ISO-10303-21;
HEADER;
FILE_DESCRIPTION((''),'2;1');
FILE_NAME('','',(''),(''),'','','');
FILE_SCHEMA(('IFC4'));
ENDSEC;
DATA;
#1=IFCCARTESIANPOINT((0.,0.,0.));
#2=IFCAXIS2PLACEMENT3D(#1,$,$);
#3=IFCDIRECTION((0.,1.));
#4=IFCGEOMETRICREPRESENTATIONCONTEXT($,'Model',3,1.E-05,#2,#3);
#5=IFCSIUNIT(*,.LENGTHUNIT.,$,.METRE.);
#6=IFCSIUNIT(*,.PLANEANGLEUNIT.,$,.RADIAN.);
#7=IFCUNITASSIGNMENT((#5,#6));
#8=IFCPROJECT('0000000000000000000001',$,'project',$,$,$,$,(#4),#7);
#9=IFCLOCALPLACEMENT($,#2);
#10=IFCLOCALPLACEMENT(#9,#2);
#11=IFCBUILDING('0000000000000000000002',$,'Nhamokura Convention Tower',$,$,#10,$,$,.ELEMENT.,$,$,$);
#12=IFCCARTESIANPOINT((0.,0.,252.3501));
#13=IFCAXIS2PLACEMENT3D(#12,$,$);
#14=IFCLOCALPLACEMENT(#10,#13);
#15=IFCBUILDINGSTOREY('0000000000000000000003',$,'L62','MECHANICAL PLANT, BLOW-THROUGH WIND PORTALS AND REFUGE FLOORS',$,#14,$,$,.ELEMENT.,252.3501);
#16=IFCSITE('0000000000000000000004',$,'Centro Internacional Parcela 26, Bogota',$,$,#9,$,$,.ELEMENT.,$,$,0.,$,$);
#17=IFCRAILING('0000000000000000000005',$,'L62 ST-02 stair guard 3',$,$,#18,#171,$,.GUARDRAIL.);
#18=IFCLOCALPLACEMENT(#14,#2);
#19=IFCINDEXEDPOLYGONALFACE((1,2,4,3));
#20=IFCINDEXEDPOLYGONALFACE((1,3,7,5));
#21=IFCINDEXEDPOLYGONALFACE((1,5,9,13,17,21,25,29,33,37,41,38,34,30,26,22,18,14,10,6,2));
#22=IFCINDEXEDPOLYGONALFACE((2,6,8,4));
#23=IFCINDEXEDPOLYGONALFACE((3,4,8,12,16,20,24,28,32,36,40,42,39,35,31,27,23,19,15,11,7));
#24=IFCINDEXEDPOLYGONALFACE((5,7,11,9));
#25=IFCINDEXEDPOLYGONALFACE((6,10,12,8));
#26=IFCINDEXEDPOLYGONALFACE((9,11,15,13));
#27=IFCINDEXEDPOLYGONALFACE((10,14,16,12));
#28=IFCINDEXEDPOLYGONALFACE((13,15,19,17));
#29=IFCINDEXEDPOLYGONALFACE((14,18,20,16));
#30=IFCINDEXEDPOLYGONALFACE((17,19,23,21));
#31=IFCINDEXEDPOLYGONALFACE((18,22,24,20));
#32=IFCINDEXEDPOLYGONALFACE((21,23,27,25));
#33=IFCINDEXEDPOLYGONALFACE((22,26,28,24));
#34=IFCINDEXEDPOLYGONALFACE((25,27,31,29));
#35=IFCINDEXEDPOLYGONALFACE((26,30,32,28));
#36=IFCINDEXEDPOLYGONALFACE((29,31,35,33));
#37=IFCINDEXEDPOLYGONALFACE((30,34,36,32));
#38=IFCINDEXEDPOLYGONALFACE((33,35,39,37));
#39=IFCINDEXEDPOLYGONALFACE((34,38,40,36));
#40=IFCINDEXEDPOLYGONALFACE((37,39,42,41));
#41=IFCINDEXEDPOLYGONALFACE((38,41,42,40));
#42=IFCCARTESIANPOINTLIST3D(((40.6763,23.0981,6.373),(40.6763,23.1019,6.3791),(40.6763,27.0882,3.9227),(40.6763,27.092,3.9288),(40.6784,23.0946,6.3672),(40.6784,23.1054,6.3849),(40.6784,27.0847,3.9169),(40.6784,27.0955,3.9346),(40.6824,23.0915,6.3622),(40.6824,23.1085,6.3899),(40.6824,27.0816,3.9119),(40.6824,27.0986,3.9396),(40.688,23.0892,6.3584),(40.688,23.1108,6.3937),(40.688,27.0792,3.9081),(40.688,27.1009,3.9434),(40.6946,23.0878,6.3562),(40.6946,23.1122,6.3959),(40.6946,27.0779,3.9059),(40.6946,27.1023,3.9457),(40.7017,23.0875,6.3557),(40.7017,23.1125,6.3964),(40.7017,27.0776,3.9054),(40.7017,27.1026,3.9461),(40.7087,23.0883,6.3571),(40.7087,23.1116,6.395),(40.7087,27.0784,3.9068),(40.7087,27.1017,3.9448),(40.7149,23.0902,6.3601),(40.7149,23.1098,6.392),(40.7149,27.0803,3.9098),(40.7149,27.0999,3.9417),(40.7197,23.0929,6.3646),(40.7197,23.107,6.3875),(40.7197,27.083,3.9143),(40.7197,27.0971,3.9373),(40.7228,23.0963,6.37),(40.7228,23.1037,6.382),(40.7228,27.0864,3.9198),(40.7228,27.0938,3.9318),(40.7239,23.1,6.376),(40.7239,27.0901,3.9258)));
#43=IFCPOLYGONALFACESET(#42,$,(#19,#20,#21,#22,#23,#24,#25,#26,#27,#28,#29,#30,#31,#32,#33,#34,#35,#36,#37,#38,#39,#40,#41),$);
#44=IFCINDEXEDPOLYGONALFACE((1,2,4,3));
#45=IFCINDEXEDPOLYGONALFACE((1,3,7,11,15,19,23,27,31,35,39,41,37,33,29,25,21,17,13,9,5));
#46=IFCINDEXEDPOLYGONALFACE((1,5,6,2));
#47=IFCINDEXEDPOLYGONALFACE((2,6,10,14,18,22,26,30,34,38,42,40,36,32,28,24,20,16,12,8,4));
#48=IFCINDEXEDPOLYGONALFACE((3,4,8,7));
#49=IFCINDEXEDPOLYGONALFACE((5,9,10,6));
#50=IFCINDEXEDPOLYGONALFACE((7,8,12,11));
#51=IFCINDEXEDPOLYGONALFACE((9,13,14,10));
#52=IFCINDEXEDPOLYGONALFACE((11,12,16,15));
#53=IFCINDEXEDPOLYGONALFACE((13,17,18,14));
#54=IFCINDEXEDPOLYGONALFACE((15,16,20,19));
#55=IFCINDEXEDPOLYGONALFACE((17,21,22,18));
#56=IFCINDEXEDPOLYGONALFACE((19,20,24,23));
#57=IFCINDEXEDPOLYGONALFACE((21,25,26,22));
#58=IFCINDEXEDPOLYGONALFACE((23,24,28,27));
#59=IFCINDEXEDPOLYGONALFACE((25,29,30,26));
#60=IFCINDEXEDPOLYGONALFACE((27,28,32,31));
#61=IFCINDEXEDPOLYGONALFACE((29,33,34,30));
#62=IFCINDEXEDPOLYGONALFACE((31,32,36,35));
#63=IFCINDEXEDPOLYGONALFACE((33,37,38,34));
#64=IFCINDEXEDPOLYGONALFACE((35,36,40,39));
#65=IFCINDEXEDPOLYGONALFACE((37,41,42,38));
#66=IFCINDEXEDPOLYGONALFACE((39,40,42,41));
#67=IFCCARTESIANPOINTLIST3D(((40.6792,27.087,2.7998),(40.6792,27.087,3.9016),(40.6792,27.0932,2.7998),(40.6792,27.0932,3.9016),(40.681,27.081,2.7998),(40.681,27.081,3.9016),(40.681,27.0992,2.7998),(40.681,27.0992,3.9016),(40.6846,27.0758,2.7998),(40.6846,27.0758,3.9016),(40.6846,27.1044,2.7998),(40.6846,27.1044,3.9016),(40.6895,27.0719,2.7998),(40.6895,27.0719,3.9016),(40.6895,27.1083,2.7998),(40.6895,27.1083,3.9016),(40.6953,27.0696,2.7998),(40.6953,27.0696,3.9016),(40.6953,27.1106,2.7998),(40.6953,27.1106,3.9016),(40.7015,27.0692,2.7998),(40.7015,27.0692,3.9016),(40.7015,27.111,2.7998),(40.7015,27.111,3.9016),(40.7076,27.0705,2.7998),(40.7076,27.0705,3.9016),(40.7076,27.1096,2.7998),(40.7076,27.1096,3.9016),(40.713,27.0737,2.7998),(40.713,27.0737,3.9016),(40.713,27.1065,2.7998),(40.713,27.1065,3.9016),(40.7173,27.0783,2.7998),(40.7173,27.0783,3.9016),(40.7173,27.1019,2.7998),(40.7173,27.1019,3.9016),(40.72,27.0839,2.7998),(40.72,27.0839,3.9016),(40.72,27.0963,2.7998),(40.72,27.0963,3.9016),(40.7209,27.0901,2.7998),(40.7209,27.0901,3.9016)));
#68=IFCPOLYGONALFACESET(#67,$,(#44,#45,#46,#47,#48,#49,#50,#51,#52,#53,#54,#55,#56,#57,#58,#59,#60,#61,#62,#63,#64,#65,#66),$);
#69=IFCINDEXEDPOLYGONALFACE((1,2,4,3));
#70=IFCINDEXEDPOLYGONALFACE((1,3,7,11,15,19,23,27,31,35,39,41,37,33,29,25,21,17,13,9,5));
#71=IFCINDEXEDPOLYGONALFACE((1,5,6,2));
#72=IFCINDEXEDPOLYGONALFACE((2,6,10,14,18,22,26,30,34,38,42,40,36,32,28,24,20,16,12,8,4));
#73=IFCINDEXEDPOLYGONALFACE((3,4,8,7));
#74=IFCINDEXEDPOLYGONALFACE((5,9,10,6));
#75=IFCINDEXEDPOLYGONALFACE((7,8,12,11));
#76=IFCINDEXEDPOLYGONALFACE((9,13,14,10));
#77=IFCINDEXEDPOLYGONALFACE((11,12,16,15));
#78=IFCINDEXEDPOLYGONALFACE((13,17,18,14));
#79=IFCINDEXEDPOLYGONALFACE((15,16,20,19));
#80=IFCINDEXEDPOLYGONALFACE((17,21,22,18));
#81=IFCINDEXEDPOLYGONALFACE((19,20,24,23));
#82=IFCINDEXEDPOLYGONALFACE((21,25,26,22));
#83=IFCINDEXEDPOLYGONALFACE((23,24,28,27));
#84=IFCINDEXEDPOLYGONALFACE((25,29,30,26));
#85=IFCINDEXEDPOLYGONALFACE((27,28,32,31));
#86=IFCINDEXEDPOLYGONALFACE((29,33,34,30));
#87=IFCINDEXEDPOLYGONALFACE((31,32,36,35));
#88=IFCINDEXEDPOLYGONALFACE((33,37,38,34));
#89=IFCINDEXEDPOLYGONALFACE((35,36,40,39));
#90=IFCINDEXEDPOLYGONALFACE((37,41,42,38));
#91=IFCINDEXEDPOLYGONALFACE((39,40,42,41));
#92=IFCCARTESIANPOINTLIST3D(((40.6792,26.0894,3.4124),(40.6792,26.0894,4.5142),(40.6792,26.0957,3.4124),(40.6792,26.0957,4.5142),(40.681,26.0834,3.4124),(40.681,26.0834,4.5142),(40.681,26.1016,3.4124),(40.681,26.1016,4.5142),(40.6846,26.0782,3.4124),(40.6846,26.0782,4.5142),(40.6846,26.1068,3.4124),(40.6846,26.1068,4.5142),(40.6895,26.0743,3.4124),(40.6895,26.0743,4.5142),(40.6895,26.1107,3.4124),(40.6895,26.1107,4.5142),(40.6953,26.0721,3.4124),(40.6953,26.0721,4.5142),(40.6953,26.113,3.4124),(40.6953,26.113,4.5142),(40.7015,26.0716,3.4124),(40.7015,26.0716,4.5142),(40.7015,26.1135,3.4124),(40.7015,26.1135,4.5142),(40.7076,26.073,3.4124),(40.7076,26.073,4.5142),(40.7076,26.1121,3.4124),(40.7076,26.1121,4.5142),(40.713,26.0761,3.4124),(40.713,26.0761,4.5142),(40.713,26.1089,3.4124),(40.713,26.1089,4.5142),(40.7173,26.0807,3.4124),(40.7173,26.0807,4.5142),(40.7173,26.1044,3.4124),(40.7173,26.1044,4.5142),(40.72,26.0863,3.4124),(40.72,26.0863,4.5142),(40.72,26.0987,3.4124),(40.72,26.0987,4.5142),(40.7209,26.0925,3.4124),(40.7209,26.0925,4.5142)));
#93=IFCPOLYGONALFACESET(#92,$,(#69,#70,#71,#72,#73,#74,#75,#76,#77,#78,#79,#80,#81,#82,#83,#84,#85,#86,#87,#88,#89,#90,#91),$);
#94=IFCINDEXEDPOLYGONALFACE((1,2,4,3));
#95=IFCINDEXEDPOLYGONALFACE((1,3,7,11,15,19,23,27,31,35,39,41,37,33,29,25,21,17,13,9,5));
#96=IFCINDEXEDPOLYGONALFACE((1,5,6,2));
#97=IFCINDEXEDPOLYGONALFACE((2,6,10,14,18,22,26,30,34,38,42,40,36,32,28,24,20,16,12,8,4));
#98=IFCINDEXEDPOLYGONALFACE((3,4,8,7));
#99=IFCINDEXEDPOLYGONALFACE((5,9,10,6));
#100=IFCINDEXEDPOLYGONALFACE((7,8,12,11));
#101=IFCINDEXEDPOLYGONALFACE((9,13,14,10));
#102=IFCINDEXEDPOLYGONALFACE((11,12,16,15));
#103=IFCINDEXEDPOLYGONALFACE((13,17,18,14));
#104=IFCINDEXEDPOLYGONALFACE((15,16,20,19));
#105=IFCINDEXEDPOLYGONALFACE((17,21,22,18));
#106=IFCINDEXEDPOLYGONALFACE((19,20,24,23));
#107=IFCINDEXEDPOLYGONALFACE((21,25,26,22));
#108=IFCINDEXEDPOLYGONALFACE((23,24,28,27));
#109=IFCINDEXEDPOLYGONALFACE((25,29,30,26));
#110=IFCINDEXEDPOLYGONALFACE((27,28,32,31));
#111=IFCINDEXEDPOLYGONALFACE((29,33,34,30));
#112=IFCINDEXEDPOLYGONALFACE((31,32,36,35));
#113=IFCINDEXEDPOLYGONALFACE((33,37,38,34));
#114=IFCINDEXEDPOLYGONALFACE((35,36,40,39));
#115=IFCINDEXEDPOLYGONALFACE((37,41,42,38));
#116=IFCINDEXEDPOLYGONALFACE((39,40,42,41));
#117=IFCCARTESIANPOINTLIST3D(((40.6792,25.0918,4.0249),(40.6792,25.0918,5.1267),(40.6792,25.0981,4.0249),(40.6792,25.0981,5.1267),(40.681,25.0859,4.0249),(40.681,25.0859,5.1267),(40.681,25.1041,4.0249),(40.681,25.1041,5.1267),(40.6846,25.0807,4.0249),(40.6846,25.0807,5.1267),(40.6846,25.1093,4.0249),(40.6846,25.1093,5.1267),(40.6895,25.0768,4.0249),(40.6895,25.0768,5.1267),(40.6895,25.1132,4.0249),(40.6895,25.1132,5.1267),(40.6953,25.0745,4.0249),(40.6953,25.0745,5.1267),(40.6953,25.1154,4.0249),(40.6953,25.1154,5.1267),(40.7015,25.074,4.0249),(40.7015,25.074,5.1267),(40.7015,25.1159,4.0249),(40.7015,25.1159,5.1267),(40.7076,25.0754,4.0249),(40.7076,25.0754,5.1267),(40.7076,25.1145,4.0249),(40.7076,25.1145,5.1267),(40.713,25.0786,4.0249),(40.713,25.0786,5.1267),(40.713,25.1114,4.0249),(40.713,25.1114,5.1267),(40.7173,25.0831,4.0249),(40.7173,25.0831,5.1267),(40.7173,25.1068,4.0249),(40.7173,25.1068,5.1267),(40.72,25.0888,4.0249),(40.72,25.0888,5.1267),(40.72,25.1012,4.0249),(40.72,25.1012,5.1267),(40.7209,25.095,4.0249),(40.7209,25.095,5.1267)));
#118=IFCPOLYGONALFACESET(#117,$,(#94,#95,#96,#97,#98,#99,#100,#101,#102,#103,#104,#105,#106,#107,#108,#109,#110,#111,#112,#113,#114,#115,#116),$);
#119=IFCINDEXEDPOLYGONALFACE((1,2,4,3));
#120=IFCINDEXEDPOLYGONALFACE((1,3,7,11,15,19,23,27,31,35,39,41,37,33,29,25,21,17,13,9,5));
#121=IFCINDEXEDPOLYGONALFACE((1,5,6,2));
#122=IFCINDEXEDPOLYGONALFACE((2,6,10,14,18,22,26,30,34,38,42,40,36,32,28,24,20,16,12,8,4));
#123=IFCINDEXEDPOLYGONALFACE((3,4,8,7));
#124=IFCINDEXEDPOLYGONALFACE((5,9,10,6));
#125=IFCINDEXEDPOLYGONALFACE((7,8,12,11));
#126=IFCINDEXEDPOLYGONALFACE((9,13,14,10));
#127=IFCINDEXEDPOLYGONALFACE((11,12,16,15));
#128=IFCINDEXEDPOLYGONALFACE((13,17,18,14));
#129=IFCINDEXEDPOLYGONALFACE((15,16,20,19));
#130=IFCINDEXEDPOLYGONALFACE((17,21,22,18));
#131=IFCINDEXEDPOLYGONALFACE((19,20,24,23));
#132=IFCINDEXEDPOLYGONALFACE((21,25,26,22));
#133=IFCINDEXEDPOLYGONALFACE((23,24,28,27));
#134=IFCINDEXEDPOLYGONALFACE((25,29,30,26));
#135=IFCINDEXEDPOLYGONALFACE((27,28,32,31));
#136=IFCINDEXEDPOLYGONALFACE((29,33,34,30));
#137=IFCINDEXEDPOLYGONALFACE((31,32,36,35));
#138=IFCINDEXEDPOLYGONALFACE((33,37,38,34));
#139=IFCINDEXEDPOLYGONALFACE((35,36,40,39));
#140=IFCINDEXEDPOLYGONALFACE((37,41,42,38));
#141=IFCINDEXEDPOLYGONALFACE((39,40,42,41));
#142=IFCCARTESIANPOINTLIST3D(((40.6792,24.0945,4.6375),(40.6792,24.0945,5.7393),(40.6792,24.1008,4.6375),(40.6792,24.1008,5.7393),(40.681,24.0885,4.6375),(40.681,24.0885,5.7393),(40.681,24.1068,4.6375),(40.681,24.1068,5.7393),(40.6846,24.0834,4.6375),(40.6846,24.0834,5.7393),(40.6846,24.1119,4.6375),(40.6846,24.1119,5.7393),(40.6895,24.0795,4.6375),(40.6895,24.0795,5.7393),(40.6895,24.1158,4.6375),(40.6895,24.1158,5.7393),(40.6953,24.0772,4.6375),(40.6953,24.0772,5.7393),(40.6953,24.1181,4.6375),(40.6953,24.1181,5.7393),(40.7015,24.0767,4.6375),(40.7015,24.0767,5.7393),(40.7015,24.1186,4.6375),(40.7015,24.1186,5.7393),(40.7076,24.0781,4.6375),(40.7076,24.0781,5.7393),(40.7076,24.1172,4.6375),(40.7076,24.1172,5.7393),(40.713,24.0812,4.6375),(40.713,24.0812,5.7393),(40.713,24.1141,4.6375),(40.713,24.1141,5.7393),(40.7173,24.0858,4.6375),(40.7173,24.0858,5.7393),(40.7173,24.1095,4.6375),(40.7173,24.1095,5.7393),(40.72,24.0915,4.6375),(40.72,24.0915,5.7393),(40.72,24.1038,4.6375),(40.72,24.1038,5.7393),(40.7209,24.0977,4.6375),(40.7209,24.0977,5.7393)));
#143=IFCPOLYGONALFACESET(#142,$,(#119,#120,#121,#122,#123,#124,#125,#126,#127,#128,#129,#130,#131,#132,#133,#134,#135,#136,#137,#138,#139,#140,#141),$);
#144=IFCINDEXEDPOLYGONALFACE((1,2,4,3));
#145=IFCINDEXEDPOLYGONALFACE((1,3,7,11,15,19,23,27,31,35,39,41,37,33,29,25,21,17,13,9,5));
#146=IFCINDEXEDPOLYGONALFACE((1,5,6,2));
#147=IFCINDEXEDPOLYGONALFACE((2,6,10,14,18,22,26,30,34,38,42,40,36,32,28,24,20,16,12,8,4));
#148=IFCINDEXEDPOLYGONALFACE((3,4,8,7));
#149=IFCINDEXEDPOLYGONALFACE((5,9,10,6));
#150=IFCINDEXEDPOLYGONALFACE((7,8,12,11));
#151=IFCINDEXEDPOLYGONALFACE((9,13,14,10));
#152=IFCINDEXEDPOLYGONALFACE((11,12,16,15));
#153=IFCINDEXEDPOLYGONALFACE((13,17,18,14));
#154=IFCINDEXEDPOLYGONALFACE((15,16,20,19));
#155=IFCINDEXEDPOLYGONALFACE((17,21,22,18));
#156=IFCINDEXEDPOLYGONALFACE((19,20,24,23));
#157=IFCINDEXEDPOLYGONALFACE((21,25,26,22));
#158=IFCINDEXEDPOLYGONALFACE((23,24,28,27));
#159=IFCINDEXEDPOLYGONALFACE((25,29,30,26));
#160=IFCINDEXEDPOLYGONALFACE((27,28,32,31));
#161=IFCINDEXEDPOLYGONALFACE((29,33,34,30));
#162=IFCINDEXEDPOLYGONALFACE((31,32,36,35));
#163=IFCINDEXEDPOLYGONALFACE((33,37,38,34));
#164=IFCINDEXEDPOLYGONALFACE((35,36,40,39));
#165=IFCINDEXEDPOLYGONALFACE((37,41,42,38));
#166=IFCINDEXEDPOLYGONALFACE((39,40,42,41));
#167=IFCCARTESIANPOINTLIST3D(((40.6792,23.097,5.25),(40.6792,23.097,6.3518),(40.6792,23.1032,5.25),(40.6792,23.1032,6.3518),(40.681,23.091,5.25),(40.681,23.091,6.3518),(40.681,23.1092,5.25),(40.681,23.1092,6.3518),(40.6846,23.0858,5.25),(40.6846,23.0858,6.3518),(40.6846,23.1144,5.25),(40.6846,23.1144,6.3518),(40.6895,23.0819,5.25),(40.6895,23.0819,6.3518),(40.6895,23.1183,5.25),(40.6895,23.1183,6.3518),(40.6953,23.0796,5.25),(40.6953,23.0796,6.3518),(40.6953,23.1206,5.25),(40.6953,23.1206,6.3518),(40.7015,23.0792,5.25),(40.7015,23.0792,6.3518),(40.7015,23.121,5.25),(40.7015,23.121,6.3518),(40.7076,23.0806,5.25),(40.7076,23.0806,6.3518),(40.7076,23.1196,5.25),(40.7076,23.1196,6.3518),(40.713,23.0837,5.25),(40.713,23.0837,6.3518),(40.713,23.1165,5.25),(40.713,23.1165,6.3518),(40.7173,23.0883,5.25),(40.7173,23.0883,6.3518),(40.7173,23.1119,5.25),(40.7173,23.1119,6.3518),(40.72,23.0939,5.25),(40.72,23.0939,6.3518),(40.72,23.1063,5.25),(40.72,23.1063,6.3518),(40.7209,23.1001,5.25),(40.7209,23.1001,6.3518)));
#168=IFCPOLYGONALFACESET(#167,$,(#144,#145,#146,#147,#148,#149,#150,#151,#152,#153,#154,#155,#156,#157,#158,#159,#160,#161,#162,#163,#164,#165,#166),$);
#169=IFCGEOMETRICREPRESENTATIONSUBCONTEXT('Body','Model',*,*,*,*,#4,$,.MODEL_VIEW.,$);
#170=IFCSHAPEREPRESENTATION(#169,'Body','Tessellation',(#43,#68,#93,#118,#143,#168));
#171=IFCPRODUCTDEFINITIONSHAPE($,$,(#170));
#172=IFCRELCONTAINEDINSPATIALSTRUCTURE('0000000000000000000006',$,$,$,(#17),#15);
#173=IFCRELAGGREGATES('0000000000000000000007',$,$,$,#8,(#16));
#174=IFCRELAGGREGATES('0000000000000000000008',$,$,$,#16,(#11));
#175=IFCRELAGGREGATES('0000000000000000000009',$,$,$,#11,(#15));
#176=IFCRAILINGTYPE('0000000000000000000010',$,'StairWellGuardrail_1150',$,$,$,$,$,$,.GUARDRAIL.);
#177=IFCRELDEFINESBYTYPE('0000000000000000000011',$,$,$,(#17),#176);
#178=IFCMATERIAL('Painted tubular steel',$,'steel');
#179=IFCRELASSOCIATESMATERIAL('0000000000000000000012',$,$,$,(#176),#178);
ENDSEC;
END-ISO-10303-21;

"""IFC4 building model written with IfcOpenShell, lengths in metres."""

from ifc_helpers import new_model, si_unit, direction, frame, origin, origin_2d, place, context, subcontext, project, spatial, circle, extrude, material, type_object, element, save


model = new_model("IFC4")

# Units and contexts
model_context = context("Model", 3, precision=1e-05, world=origin(), true_north=direction((0.0, 1.0)))
body_context = subcontext(model_context, "Body", "Model", "MODEL_VIEW")
ifc_project = project(units=[si_unit("LENGTHUNIT", "METRE"), si_unit("PLANEANGLEUNIT", "RADIAN")], contexts=[model_context])

# Site, building, storey
site_placement = place(None, origin())
site = spatial("IfcSite", under=ifc_project, at=site_placement, Name="Centro Internacional Parcela 26, Bogota", CompositionType="ELEMENT", RefElevation=0.0)
building_placement = place(site_placement, origin())
building = spatial("IfcBuilding", under=site, at=building_placement, Name="Nhamokura Convention Tower", CompositionType="ELEMENT")
storey_placement = place(building_placement, frame((0.0, 0.0, 252.3501)))
storey = spatial("IfcBuildingStorey", under=building, at=storey_placement, Name="L62", Description="MECHANICAL PLANT, BLOW-THROUGH WIND PORTALS AND REFUGE FLOORS", CompositionType="ELEMENT", Elevation=252.3501)

# Railing
ifc_material_1 = material(Name="Painted tubular steel", Category="steel")
railing_type_1 = type_object("IfcRailingType", Name="StairWellGuardrail_1150", PredefinedType="GUARDRAIL", material=ifc_material_1)
railing_1_placement = place(storey_placement, frame((40.7, 27.0901, 2.7998)))
element("IfcRailing", 1, at=railing_1_placement, inside=storey, type_object=railing_type_1, Name="L62 ST-02 stair guard 3", PredefinedType="GUARDRAIL", context=body_context, shape_type="SweptSolid", body=[
    extrude(circle(Radius=0.0239, at=origin_2d()), frame((0.0, 0.0, 1.126), z_axis=(0.0, -0.852152, 0.523294), x_axis=(1.0, 0.0, 0.0)), (0.0, 0.0, 1.0), 4.6824),
    extrude(circle(Radius=0.021, at=origin_2d()), origin(), (0.0, 0.0, 1.0), 1.1018),
    extrude(circle(Radius=0.021, at=origin_2d()), frame((0.0, -0.9976, 0.6125)), (0.0, 0.0, 1.0), 1.1018),
    extrude(circle(Radius=0.021, at=origin_2d()), frame((0.0, -1.9951, 1.2251)), (0.0, 0.0, 1.0), 1.1018),
    extrude(circle(Radius=0.021, at=origin_2d()), frame((0.0, -2.9924, 1.8376)), (0.0, 0.0, 1.0), 1.1018),
    extrude(circle(Radius=0.021, at=origin_2d()), frame((0.0, -3.99, 2.4502)), (0.0, 0.0, 1.0), 1.1018),
])

save(model, "model.ifc")
